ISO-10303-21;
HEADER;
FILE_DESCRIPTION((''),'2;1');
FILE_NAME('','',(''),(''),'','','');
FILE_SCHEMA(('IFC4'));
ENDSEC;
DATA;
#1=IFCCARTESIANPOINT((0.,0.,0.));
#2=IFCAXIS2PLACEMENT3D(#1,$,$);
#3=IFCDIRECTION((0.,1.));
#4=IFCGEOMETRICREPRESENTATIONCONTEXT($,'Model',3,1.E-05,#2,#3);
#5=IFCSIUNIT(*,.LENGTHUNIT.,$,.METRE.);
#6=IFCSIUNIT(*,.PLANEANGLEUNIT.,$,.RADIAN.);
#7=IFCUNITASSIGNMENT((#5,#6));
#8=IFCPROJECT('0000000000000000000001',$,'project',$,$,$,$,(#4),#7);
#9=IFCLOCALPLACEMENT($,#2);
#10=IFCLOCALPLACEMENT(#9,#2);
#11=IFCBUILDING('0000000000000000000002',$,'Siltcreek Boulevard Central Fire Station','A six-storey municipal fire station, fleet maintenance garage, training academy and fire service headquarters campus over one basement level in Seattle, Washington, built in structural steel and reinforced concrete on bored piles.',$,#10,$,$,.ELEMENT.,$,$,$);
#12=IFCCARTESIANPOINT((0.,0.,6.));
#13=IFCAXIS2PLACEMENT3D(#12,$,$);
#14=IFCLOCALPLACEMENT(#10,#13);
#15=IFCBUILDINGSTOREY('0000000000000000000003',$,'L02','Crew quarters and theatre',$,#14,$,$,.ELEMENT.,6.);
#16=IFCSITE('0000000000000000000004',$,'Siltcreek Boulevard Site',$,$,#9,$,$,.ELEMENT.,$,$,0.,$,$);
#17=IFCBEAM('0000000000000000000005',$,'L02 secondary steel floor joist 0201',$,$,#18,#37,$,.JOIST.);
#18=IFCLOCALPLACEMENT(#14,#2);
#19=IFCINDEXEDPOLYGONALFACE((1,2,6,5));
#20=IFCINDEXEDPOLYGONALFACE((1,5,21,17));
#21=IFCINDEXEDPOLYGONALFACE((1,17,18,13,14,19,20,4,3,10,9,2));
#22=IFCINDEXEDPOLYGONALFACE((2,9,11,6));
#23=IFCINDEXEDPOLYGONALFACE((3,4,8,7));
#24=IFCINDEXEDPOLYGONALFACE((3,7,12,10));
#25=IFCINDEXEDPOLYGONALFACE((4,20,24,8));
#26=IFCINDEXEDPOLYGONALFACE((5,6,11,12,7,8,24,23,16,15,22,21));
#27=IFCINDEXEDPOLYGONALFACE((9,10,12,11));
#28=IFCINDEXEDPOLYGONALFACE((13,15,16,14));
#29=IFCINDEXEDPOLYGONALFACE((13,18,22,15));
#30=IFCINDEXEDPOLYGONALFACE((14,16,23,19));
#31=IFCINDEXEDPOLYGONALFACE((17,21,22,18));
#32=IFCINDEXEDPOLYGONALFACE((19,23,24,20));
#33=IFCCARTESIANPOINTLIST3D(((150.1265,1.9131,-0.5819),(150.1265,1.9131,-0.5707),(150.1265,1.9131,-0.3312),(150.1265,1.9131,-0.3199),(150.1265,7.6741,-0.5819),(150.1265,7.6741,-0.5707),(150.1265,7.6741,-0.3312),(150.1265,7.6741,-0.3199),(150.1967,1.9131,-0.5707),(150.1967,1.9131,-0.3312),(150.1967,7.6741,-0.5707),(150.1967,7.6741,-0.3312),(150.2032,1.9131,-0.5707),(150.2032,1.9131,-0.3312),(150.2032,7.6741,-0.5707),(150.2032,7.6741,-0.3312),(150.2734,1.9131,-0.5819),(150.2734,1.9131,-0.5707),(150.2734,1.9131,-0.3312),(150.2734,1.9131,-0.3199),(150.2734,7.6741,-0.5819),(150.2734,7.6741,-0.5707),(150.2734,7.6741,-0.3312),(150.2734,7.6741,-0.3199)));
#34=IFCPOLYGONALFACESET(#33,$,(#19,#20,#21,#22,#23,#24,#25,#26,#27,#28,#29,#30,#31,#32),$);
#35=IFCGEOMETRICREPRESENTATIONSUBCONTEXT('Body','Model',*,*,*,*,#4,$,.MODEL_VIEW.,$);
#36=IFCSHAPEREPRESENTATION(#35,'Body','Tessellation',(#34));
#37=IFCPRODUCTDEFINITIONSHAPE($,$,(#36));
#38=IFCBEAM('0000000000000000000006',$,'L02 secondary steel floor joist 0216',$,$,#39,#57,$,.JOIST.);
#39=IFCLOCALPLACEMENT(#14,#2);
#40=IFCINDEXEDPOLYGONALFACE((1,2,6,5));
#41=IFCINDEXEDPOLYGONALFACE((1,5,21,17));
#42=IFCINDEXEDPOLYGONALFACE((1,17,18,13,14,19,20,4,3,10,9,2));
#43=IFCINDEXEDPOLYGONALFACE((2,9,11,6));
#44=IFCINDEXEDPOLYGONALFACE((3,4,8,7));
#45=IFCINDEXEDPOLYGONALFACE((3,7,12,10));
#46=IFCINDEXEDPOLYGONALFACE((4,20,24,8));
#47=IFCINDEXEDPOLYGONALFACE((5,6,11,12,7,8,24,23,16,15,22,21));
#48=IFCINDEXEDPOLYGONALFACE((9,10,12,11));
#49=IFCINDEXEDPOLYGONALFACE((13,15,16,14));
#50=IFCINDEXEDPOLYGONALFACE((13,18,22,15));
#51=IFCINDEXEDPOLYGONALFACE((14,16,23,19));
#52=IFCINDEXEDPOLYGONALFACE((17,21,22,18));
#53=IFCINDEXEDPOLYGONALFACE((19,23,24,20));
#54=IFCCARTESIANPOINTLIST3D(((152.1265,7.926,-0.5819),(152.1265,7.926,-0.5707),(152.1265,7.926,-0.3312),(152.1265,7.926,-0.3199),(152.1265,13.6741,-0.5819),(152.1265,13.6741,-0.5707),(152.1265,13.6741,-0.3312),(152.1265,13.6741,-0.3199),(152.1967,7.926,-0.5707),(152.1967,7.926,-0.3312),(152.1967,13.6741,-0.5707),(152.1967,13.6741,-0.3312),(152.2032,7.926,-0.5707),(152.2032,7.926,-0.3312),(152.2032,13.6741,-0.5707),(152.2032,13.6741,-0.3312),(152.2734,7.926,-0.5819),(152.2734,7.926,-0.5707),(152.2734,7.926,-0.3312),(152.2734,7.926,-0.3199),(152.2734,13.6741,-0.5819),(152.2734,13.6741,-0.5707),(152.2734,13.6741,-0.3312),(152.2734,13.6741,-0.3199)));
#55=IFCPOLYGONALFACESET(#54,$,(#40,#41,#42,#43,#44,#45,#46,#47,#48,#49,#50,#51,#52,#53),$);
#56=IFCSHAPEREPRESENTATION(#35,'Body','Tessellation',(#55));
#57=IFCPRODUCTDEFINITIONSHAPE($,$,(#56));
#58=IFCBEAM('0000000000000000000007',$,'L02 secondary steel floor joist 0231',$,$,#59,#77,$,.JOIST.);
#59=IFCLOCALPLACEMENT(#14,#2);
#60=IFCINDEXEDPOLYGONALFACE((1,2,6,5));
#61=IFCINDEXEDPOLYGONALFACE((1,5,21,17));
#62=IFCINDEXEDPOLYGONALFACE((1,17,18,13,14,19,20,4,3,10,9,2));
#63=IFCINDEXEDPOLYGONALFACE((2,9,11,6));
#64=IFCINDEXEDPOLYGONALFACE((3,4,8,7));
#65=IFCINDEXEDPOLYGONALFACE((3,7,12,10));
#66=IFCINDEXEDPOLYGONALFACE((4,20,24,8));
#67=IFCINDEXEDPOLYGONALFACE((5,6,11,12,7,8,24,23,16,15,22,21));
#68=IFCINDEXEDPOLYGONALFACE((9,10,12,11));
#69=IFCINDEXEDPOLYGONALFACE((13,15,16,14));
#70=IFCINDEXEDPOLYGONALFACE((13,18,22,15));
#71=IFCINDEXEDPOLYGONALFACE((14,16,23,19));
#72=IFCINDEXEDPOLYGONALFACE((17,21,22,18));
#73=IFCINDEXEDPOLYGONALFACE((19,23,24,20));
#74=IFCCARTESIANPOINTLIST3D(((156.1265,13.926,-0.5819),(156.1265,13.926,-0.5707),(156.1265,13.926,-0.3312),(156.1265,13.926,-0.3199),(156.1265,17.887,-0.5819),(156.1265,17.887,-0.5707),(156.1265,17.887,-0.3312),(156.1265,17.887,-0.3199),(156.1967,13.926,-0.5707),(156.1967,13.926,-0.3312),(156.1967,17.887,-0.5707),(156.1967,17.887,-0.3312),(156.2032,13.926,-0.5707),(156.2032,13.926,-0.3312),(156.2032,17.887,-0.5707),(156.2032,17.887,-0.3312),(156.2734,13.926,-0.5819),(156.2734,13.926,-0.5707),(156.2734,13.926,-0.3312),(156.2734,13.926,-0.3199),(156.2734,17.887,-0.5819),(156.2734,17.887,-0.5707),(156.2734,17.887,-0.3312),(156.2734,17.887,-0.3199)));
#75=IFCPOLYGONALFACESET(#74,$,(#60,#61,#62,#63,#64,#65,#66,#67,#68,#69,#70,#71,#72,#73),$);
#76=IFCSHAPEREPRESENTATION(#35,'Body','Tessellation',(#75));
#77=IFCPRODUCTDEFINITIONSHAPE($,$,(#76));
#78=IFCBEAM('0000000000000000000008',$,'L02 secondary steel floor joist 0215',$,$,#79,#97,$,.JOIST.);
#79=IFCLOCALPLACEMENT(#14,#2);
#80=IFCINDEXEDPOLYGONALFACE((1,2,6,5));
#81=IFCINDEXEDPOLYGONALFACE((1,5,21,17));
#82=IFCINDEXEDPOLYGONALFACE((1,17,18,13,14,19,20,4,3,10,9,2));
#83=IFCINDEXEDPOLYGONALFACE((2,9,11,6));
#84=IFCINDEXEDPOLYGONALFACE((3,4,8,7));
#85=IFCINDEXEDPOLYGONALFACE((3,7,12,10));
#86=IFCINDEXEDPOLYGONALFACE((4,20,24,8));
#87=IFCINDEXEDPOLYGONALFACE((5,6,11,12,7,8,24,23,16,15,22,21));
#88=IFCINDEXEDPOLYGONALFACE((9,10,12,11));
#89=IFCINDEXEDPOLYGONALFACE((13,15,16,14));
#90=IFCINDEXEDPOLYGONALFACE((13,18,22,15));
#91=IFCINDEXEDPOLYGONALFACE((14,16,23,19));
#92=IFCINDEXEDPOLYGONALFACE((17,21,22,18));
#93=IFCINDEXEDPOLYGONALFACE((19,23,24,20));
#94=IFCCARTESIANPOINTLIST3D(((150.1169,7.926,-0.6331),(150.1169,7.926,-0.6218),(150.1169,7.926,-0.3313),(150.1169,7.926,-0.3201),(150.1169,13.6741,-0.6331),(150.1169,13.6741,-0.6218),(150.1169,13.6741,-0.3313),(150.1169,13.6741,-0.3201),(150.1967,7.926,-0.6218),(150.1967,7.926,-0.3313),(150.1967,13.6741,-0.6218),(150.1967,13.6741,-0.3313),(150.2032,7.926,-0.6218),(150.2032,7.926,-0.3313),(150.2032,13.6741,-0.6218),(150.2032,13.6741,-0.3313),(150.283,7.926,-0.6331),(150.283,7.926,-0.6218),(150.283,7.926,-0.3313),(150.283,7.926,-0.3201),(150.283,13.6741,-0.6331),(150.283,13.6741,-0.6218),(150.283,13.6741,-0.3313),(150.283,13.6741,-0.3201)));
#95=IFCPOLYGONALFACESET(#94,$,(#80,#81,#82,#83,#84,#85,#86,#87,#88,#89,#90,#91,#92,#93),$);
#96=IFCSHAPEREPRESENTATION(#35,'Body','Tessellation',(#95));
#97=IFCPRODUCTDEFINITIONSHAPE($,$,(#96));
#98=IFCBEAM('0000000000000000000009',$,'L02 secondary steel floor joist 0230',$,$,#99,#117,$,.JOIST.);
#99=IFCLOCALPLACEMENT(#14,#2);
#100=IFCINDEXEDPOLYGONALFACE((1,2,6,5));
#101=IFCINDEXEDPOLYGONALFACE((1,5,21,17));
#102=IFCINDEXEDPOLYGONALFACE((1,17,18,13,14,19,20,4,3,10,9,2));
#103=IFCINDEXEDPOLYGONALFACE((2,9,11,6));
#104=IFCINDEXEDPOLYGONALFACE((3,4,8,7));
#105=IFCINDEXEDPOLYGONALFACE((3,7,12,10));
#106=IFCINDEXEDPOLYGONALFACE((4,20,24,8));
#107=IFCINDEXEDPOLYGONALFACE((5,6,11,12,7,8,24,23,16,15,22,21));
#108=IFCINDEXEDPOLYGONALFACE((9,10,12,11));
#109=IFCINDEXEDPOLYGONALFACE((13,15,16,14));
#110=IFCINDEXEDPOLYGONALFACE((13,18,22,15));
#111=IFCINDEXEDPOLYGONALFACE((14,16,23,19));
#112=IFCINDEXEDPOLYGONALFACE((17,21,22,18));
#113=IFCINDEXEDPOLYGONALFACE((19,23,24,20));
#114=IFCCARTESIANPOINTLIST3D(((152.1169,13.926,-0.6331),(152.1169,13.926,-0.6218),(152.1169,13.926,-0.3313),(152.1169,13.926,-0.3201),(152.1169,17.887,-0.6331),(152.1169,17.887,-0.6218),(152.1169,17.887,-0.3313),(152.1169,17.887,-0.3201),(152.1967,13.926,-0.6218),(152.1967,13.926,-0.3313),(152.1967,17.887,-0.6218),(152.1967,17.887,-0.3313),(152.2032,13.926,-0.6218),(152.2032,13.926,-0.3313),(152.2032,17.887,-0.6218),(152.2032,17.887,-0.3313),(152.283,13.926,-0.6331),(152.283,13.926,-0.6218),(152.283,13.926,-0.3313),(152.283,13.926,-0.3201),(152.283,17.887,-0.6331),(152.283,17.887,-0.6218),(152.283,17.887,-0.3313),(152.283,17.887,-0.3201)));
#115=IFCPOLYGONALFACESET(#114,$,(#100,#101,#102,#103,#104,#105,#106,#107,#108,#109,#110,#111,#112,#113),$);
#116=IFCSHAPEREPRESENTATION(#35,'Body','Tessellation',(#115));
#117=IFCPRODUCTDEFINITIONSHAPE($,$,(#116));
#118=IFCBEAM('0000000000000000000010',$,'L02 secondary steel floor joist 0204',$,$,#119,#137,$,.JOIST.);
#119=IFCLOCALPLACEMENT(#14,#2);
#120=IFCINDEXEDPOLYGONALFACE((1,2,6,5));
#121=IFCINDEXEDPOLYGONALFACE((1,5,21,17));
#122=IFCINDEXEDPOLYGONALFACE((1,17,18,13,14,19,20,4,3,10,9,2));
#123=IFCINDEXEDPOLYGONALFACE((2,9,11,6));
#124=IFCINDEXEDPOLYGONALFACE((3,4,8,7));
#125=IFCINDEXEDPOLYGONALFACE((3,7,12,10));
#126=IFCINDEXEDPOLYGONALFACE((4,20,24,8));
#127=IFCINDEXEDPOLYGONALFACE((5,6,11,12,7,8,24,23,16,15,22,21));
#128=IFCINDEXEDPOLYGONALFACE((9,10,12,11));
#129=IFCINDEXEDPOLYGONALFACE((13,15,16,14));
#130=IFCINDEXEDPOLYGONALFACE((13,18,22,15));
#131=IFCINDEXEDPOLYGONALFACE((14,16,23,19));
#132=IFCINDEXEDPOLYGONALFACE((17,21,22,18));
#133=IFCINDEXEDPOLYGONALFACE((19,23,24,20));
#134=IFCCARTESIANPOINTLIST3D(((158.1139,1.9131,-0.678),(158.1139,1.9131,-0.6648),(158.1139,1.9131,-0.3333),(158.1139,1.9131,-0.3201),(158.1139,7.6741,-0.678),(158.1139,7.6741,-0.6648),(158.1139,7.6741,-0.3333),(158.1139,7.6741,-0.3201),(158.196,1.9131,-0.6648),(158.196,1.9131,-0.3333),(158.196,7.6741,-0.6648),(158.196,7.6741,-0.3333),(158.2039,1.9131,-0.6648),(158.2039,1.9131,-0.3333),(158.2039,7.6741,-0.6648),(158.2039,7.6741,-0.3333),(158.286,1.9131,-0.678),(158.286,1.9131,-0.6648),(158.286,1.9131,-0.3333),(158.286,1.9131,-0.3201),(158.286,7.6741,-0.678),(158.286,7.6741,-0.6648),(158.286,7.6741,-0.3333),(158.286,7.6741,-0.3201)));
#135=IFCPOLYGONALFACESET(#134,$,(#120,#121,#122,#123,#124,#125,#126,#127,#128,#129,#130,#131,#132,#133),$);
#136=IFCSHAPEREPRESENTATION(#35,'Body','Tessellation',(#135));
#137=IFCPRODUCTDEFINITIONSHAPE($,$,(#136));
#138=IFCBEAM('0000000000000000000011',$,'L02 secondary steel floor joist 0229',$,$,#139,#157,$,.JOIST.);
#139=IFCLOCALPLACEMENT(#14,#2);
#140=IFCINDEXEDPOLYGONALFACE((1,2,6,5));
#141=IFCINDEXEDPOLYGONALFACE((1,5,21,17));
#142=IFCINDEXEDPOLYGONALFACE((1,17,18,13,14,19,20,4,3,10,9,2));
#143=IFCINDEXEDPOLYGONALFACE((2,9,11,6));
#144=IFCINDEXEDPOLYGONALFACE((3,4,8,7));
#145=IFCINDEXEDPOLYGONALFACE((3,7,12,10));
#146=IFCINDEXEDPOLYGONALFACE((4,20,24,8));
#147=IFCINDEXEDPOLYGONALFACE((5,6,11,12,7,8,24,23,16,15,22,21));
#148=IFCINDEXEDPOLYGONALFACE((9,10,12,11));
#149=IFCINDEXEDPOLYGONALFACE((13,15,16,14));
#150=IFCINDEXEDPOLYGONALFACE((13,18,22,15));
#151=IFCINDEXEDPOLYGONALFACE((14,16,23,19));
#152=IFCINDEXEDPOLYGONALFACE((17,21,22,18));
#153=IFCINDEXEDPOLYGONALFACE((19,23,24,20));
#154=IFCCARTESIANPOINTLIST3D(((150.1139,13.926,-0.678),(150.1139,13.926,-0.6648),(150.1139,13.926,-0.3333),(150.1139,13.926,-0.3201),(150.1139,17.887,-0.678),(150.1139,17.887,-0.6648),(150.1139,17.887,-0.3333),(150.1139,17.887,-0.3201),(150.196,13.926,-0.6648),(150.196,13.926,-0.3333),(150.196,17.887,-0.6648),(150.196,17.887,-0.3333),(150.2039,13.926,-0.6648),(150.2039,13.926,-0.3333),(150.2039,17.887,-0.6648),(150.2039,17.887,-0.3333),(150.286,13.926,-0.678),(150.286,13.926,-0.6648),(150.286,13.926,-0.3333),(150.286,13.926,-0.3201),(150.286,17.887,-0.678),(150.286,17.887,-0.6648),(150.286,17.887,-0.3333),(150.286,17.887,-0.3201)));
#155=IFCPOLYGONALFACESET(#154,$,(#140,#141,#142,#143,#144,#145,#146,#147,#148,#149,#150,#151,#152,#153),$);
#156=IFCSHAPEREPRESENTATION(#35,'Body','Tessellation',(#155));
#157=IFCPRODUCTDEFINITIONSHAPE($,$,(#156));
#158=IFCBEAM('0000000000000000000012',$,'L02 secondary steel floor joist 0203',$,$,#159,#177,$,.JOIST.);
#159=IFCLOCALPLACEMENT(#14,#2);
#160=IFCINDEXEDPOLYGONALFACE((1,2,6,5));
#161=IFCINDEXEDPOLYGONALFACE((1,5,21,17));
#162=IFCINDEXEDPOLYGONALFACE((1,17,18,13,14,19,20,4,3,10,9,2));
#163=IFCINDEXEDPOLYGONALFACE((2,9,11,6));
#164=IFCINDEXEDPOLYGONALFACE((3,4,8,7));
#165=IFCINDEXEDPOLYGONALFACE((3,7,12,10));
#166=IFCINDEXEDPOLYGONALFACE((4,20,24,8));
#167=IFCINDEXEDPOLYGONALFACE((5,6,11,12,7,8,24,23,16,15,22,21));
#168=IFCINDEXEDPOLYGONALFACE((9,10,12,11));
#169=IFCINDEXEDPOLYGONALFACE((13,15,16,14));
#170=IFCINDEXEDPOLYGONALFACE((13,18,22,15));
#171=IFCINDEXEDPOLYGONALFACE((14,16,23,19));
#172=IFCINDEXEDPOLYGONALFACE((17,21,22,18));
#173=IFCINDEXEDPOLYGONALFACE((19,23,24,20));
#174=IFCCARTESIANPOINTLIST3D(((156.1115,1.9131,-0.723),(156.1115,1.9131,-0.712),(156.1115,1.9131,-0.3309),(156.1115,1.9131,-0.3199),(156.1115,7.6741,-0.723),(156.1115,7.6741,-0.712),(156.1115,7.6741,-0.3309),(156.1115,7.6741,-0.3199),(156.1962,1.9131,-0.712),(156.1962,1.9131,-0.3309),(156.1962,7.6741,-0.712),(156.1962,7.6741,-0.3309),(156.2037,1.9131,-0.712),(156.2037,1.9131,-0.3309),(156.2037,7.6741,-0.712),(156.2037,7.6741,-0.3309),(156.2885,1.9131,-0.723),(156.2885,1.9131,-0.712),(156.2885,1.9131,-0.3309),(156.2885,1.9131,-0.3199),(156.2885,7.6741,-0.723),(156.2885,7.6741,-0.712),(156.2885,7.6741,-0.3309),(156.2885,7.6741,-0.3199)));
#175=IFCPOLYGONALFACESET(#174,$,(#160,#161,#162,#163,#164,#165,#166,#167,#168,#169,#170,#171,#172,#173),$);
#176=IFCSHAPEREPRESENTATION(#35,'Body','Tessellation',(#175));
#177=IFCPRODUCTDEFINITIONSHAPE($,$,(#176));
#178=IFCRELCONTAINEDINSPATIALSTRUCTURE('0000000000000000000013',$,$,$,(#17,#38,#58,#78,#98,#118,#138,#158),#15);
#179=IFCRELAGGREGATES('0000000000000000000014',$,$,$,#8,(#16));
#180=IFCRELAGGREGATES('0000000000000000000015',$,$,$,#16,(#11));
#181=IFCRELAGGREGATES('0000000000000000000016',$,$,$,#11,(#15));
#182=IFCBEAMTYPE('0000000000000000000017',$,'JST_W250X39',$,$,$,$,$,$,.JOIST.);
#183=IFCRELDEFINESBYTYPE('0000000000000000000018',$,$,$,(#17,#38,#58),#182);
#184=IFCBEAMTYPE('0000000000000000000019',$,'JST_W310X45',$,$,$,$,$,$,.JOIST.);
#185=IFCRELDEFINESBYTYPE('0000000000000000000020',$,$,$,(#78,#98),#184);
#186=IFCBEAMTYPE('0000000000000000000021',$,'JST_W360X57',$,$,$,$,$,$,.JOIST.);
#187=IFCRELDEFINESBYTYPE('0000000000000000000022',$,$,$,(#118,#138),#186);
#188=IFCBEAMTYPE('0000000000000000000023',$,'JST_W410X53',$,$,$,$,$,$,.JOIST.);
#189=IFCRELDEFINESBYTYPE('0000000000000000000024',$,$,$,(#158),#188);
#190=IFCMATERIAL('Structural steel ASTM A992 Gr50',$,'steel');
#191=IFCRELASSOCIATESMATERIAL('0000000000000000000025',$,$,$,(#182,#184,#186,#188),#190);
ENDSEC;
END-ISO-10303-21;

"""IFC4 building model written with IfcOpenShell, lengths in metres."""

from ifc_helpers import new_model, si_unit, direction, frame, origin, origin_2d, place, context, subcontext, project, spatial, i_section, extrude, material, material_profile, profile_set, type_object, element, save


model = new_model("IFC4")

# Units and contexts
model_context = context("Model", 3, precision=1e-05, world=origin(), true_north=direction((0.0, 1.0)))
body_context = subcontext(model_context, "Body", "Model", "MODEL_VIEW")
ifc_project = project(units=[si_unit("LENGTHUNIT", "METRE"), si_unit("PLANEANGLEUNIT", "RADIAN")], contexts=[model_context])

# Site, building, storey
site_placement = place(None, origin())
site = spatial("IfcSite", under=ifc_project, at=site_placement, Name="Siltcreek Boulevard Site", CompositionType="ELEMENT", RefElevation=0.0)
building_placement = place(site_placement, origin())
building = spatial("IfcBuilding", under=site, at=building_placement, Name="Siltcreek Boulevard Central Fire Station", Description="A six-storey municipal fire station, fleet maintenance garage, training academy and fire service headquarters campus over one basement level in Seattle, Washington, built in structural steel and reinforced concrete on bored piles.", CompositionType="ELEMENT")
storey_placement = place(building_placement, frame((0.0, 0.0, 6.0)))
storey = spatial("IfcBuildingStorey", under=building, at=storey_placement, Name="L02", Description="Crew quarters and theatre", CompositionType="ELEMENT", Elevation=6.0)

# Shared definitions
ifc_material_1 = material(Name="Structural steel ASTM A992 Gr50", Category="steel")

# Beams
ifc_material_profile_1 = material_profile(ifc_material_1, i_section(OverallWidth=0.147, OverallDepth=0.262, WebThickness=0.0066, FlangeThickness=0.0112, at=origin_2d()), Name="W250X39")
ifc_profile_set_1 = profile_set([ifc_material_profile_1], Name="Structural steel ASTM A992 Gr50")
beam_type_1 = type_object("IfcBeamType", Name="JST_W250X39", PredefinedType="JOIST", material=ifc_profile_set_1)
beam_1_placement = place(storey_placement, frame((150.2, 1.9131, -0.4509), z_axis=(0.0, 1.0, 0.0), x_axis=(-1.0, 0.0, 0.0)))
element("IfcBeam", 1, at=beam_1_placement, inside=storey, type_object=beam_type_1, Name="L02 secondary steel floor joist 0201", PredefinedType="JOIST", context=body_context, shape_type="SweptSolid", body=[
    extrude(i_section(OverallWidth=0.147, OverallDepth=0.262, WebThickness=0.0066, FlangeThickness=0.0112, at=origin_2d()), origin(), (0.0, 0.0, 1.0), 5.761),
])
beam_2_placement = place(storey_placement, frame((152.2, 7.926, -0.4509), z_axis=(0.0, 1.0, 0.0), x_axis=(-1.0, 0.0, 0.0)))
element("IfcBeam", 2, at=beam_2_placement, inside=storey, type_object=beam_type_1, Name="L02 secondary steel floor joist 0216", PredefinedType="JOIST", context=body_context, shape_type="SweptSolid", body=[
    extrude(i_section(OverallWidth=0.147, OverallDepth=0.262, WebThickness=0.0066, FlangeThickness=0.0112, at=origin_2d()), origin(), (0.0, 0.0, 1.0), 5.748),
])
beam_3_placement = place(storey_placement, frame((156.2, 13.926, -0.4509), z_axis=(0.0, 1.0, 0.0), x_axis=(-1.0, 0.0, 0.0)))
element("IfcBeam", 3, at=beam_3_placement, inside=storey, type_object=beam_type_1, Name="L02 secondary steel floor joist 0231", PredefinedType="JOIST", context=body_context, shape_type="SweptSolid", body=[
    extrude(i_section(OverallWidth=0.147, OverallDepth=0.262, WebThickness=0.0066, FlangeThickness=0.0112, at=origin_2d()), origin(), (0.0, 0.0, 1.0), 3.9609),
])
ifc_material_profile_2 = material_profile(ifc_material_1, i_section(OverallWidth=0.166, OverallDepth=0.313, WebThickness=0.0066, FlangeThickness=0.0112, at=origin_2d()), Name="W310X45")
ifc_profile_set_2 = profile_set([ifc_material_profile_2], Name="Structural steel ASTM A992 Gr50")
beam_type_2 = type_object("IfcBeamType", Name="JST_W310X45", PredefinedType="JOIST", material=ifc_profile_set_2)
beam_4_placement = place(storey_placement, frame((150.2, 7.926, -0.4766), z_axis=(0.0, 1.0, 0.0), x_axis=(-1.0, 0.0, 0.0)))
element("IfcBeam", 4, at=beam_4_placement, inside=storey, type_object=beam_type_2, Name="L02 secondary steel floor joist 0215", PredefinedType="JOIST", context=body_context, shape_type="SweptSolid", body=[
    extrude(i_section(OverallWidth=0.166, OverallDepth=0.313, WebThickness=0.0066, FlangeThickness=0.0112, at=origin_2d()), origin(), (0.0, 0.0, 1.0), 5.748),
])
beam_5_placement = place(storey_placement, frame((152.2, 13.926, -0.4766), z_axis=(0.0, 1.0, 0.0), x_axis=(-1.0, 0.0, 0.0)))
element("IfcBeam", 5, at=beam_5_placement, inside=storey, type_object=beam_type_2, Name="L02 secondary steel floor joist 0230", PredefinedType="JOIST", context=body_context, shape_type="SweptSolid", body=[
    extrude(i_section(OverallWidth=0.166, OverallDepth=0.313, WebThickness=0.0066, FlangeThickness=0.0112, at=origin_2d()), origin(), (0.0, 0.0, 1.0), 3.9609),
])
ifc_material_profile_3 = material_profile(ifc_material_1, i_section(OverallWidth=0.1721, OverallDepth=0.3579, WebThickness=0.0078, FlangeThickness=0.0132, at=origin_2d()), Name="W360X57")
ifc_profile_set_3 = profile_set([ifc_material_profile_3], Name="Structural steel ASTM A992 Gr50")
beam_type_3 = type_object("IfcBeamType", Name="JST_W360X57", PredefinedType="JOIST", material=ifc_profile_set_3)
beam_6_placement = place(storey_placement, frame((158.2, 1.9131, -0.499), z_axis=(0.0, 1.0, 0.0), x_axis=(-1.0, 0.0, 0.0)))
element("IfcBeam", 6, at=beam_6_placement, inside=storey, type_object=beam_type_3, Name="L02 secondary steel floor joist 0204", PredefinedType="JOIST", context=body_context, shape_type="SweptSolid", body=[
    extrude(i_section(OverallWidth=0.1721, OverallDepth=0.3579, WebThickness=0.0078, FlangeThickness=0.0132, at=origin_2d()), origin(), (0.0, 0.0, 1.0), 5.761),
])
beam_7_placement = place(storey_placement, frame((150.2, 13.926, -0.499), z_axis=(0.0, 1.0, 0.0), x_axis=(-1.0, 0.0, 0.0)))
element("IfcBeam", 7, at=beam_7_placement, inside=storey, type_object=beam_type_3, Name="L02 secondary steel floor joist 0229", PredefinedType="JOIST", context=body_context, shape_type="SweptSolid", body=[
    extrude(i_section(OverallWidth=0.1721, OverallDepth=0.3579, WebThickness=0.0078, FlangeThickness=0.0132, at=origin_2d()), origin(), (0.0, 0.0, 1.0), 3.9609),
])
ifc_material_profile_4 = material_profile(ifc_material_1, i_section(OverallWidth=0.177, OverallDepth=0.4031, WebThickness=0.0076, FlangeThickness=0.011, at=origin_2d()), Name="W410X53")
ifc_profile_set_4 = profile_set([ifc_material_profile_4], Name="Structural steel ASTM A992 Gr50")
beam_type_4 = type_object("IfcBeamType", Name="JST_W410X53", PredefinedType="JOIST", material=ifc_profile_set_4)
beam_8_placement = place(storey_placement, frame((156.2, 1.9131, -0.5215), z_axis=(0.0, 1.0, 0.0), x_axis=(-1.0, 0.0, 0.0)))
element("IfcBeam", 8, at=beam_8_placement, inside=storey, type_object=beam_type_4, Name="L02 secondary steel floor joist 0203", PredefinedType="JOIST", context=body_context, shape_type="SweptSolid", body=[
    extrude(i_section(OverallWidth=0.177, OverallDepth=0.4031, WebThickness=0.0076, FlangeThickness=0.011, at=origin_2d()), origin(), (0.0, 0.0, 1.0), 5.761),
])

save(model, "model.ifc")
